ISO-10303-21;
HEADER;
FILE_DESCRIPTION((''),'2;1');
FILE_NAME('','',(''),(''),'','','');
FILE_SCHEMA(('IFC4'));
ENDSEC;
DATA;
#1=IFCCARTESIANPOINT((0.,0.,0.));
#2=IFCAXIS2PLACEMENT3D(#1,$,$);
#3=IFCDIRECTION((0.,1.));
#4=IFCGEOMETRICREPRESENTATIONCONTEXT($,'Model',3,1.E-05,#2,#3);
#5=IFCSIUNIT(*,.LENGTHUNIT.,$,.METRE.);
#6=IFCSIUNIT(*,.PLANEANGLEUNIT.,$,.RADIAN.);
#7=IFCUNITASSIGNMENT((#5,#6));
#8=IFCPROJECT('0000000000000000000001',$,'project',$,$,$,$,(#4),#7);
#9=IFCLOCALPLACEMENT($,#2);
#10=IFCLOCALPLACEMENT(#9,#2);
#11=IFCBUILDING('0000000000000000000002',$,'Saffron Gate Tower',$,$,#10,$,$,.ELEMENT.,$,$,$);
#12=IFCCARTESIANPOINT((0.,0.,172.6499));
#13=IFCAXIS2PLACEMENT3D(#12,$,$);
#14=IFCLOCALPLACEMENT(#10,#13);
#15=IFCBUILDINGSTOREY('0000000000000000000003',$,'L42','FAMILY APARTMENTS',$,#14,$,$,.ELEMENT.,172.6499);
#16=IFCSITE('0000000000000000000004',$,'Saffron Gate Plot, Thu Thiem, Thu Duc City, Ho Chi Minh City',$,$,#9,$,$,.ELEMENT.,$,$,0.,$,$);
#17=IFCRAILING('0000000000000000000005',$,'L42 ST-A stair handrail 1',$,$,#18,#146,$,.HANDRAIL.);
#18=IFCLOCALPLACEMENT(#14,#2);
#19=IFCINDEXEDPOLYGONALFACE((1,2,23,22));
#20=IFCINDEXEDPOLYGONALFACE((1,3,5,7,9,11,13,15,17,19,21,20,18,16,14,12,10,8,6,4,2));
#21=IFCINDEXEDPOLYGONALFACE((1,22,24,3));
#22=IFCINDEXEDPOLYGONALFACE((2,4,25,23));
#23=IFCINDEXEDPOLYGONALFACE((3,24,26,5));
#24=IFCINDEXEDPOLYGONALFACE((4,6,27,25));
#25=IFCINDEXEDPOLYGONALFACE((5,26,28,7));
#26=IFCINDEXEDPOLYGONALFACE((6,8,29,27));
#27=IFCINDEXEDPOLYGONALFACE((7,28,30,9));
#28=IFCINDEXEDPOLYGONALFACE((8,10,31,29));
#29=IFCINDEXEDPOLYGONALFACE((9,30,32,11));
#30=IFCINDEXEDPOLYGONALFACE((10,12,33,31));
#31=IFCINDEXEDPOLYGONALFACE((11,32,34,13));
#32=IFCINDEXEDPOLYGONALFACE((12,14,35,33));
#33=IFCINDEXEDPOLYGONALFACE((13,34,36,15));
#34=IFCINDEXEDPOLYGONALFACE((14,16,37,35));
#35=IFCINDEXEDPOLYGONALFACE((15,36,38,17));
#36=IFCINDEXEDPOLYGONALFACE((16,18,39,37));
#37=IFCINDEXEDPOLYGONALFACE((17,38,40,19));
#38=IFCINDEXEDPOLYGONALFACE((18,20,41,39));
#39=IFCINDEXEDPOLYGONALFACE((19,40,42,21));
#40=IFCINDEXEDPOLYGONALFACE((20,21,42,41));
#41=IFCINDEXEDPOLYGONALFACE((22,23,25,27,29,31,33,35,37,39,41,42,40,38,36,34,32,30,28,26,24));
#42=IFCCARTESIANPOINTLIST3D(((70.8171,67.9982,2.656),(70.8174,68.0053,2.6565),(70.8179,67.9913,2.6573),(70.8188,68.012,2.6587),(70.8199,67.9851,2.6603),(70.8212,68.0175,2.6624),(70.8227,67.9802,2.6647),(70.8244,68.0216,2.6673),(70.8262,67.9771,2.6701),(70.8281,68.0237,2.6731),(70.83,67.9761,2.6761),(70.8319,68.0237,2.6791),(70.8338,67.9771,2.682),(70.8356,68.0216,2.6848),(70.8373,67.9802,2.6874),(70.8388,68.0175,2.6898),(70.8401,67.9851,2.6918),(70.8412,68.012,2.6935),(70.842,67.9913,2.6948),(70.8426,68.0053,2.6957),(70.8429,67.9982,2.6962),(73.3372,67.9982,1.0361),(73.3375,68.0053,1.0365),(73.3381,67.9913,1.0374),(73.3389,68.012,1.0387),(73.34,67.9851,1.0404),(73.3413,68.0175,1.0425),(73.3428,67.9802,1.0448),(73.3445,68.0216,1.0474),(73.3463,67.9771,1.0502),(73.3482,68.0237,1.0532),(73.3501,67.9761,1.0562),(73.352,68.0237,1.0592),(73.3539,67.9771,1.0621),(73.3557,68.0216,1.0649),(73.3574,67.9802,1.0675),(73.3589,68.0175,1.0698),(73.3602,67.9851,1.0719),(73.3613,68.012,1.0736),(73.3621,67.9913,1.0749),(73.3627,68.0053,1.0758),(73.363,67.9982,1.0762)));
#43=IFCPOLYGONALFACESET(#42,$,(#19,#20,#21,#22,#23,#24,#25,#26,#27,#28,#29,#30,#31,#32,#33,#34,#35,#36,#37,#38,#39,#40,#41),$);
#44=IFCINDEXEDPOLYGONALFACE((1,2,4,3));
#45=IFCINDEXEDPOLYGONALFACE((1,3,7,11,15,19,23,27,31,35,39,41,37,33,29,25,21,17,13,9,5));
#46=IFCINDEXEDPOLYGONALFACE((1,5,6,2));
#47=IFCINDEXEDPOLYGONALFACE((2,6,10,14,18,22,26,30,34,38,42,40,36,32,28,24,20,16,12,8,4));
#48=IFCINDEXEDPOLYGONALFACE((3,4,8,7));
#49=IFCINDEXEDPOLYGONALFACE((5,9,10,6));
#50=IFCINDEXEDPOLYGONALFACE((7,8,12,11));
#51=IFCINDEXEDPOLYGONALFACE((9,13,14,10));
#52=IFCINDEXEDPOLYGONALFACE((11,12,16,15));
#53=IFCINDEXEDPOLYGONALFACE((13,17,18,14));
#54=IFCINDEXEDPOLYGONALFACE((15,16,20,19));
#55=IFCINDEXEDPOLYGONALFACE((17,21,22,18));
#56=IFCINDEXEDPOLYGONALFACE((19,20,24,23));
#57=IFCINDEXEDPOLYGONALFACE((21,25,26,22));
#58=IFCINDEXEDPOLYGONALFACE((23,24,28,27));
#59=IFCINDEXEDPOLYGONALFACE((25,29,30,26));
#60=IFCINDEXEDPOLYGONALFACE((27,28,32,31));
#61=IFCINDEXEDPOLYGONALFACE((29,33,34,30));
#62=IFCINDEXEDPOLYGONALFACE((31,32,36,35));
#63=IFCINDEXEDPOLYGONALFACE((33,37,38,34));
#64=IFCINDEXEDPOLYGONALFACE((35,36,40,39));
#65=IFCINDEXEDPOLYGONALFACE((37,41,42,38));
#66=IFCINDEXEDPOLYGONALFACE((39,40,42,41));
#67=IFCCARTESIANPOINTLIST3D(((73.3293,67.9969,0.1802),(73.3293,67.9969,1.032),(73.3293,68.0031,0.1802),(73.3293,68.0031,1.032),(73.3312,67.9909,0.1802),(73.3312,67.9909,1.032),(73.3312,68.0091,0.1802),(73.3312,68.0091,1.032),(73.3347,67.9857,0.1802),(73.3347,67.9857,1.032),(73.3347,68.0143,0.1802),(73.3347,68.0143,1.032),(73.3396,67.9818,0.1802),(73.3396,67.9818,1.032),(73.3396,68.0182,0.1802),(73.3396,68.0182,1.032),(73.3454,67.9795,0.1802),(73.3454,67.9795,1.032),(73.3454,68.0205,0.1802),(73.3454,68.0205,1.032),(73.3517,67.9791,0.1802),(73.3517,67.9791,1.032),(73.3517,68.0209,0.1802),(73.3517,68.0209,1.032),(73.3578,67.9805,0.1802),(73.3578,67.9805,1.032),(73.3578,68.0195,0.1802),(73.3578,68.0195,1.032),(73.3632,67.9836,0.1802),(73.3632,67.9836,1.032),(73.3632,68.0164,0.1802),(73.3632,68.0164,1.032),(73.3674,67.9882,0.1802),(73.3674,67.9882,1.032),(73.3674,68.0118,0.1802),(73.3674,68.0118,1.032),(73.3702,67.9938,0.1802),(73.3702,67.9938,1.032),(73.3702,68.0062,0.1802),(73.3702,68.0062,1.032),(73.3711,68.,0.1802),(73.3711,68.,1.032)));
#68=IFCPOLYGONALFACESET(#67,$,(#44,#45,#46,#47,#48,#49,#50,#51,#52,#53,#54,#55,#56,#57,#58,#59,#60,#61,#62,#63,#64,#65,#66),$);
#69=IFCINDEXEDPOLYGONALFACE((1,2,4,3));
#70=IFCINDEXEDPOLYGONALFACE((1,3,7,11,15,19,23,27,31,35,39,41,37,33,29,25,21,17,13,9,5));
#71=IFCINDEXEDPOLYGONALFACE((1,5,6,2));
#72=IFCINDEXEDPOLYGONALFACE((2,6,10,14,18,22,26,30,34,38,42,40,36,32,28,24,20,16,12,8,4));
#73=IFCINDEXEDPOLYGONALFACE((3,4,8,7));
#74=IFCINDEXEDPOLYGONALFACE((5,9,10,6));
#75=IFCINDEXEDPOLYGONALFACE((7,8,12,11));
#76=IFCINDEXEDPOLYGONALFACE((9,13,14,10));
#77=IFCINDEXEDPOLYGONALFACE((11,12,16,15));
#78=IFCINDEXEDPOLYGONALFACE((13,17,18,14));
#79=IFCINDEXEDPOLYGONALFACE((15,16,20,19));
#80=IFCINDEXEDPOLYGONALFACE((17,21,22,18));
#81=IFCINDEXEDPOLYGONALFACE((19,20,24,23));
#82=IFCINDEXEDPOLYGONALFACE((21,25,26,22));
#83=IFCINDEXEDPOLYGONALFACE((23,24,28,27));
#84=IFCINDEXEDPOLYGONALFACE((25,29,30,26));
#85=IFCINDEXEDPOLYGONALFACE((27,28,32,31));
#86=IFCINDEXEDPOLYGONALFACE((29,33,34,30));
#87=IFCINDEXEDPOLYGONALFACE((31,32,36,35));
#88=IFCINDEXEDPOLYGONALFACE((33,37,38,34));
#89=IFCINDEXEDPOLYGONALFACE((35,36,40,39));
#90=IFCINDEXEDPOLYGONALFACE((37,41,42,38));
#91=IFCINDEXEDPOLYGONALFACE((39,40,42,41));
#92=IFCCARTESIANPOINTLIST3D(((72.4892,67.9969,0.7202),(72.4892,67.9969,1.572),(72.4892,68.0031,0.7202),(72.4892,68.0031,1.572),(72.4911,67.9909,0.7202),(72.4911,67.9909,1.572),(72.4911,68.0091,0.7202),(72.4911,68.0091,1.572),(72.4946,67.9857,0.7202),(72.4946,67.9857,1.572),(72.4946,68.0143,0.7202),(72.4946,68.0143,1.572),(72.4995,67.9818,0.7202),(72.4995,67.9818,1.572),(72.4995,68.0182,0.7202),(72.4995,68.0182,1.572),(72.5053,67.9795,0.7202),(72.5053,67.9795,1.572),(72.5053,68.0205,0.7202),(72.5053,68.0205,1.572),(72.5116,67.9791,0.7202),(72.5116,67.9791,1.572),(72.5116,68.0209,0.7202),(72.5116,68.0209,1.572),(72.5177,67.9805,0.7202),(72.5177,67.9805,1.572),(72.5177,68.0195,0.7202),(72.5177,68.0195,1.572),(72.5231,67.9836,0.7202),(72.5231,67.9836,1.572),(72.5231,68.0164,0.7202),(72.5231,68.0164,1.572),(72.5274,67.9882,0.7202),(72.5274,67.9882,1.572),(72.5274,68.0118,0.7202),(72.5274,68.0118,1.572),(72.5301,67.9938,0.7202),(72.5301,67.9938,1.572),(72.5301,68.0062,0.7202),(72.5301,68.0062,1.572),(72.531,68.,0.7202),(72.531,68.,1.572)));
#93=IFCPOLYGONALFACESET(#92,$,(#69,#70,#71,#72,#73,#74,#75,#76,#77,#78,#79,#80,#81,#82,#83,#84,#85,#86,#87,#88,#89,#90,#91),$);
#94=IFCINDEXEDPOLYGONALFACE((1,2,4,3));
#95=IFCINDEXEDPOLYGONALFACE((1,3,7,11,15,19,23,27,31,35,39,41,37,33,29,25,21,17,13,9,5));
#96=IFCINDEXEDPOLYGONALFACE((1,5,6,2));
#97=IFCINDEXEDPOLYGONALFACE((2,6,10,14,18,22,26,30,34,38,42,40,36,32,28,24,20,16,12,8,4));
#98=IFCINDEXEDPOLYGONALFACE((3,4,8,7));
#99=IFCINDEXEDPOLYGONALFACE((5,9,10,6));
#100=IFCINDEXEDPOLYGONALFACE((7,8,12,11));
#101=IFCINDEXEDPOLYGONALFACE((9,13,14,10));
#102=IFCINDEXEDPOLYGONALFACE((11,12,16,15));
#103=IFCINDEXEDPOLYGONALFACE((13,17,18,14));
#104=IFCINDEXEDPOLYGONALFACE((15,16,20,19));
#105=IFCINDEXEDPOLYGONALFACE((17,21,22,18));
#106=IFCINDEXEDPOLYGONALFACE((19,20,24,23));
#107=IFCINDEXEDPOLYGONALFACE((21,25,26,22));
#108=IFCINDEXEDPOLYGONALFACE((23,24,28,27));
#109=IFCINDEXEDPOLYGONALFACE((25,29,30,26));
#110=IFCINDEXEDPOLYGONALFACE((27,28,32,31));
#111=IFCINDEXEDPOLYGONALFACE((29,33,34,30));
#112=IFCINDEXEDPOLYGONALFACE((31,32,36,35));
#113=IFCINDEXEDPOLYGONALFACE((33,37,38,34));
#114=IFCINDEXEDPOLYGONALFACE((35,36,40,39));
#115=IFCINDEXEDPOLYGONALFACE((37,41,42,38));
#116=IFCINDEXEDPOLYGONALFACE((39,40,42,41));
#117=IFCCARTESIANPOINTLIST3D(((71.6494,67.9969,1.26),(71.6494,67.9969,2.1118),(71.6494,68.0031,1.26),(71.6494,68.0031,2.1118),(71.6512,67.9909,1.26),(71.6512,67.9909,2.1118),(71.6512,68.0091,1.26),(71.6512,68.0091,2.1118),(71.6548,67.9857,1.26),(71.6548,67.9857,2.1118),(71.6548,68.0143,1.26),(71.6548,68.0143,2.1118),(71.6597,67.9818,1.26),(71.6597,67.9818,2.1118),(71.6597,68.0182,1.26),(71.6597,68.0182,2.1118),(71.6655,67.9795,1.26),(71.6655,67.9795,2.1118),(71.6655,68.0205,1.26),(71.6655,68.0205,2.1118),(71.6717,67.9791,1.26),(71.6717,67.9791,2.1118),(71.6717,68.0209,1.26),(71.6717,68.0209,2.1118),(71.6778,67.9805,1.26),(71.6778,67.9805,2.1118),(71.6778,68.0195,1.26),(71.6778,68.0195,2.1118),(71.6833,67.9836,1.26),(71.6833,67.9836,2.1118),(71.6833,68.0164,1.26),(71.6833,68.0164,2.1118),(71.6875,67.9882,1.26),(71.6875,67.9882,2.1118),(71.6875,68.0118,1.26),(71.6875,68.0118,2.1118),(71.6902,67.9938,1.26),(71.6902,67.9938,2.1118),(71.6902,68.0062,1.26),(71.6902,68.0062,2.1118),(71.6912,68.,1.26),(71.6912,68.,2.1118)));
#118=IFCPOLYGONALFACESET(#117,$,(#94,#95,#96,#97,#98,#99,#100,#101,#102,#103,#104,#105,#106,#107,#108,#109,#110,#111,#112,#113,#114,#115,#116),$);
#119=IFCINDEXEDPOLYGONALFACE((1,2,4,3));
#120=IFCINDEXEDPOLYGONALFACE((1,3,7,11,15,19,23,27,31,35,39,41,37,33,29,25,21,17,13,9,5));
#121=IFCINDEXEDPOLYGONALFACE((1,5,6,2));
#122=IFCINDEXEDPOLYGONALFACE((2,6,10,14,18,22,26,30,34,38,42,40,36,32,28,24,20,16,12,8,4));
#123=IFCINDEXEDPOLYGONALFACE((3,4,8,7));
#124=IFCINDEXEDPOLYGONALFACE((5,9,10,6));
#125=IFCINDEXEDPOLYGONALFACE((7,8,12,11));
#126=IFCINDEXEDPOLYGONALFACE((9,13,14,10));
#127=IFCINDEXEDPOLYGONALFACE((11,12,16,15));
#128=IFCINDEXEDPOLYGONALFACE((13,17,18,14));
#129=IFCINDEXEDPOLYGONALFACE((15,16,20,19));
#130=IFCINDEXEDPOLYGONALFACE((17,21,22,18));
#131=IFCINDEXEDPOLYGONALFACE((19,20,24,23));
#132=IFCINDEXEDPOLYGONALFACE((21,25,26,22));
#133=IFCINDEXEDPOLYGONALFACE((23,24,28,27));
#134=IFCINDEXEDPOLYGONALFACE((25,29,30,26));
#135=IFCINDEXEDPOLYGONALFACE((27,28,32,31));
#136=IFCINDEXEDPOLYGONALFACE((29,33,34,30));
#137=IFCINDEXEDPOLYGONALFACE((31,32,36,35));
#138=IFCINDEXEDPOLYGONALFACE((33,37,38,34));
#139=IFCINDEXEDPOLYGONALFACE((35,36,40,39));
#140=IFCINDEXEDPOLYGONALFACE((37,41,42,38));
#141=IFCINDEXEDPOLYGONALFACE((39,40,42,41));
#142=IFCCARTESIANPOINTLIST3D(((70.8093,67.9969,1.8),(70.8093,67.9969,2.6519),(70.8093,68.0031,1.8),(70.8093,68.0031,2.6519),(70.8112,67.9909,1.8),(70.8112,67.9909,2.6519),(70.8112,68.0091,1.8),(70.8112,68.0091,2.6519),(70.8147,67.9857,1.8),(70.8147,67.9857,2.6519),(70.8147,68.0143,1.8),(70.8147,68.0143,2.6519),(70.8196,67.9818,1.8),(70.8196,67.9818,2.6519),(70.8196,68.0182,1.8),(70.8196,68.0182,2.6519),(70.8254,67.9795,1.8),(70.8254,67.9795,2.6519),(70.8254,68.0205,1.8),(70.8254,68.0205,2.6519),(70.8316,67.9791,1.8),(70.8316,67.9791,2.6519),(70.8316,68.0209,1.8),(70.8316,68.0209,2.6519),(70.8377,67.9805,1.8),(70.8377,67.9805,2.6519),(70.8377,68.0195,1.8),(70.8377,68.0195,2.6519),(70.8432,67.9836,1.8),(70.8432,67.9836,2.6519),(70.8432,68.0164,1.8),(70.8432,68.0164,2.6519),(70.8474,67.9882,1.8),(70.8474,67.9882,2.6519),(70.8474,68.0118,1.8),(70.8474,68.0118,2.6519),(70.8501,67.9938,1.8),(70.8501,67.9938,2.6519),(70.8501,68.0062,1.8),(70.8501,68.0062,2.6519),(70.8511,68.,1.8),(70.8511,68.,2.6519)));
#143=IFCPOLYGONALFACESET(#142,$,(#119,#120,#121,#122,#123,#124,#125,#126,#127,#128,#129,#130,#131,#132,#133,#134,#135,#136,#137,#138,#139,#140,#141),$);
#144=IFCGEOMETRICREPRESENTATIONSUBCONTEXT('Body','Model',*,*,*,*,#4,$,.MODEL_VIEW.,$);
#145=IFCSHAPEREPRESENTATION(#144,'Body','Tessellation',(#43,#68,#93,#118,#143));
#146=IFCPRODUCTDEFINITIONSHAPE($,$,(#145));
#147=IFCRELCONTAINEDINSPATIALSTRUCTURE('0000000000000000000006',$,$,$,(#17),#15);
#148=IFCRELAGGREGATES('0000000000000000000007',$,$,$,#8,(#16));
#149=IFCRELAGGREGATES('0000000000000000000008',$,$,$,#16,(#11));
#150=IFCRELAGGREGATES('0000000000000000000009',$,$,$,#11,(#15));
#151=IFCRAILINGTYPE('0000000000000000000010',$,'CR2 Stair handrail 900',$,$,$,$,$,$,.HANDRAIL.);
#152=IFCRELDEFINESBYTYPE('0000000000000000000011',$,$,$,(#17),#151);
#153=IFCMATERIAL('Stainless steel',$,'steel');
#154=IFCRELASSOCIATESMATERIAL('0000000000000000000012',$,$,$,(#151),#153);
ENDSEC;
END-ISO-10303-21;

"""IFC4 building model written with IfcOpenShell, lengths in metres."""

from ifc_helpers import new_model, si_unit, direction, frame, origin, origin_2d, place, context, subcontext, project, spatial, circle, extrude, material, type_object, element, save


model = new_model("IFC4")

# Units and contexts
model_context = context("Model", 3, precision=1e-05, world=origin(), true_north=direction((0.0, 1.0)))
body_context = subcontext(model_context, "Body", "Model", "MODEL_VIEW")
ifc_project = project(units=[si_unit("LENGTHUNIT", "METRE"), si_unit("PLANEANGLEUNIT", "RADIAN")], contexts=[model_context])

# Site, building, storey
site_placement = place(None, origin())
site = spatial("IfcSite", under=ifc_project, at=site_placement, Name="Saffron Gate Plot, Thu Thiem, Thu Duc City, Ho Chi Minh City", CompositionType="ELEMENT", RefElevation=0.0)
building_placement = place(site_placement, origin())
building = spatial("IfcBuilding", under=site, at=building_placement, Name="Saffron Gate Tower", CompositionType="ELEMENT")
storey_placement = place(building_placement, frame((0.0, 0.0, 172.6499)))
storey = spatial("IfcBuildingStorey", under=building, at=storey_placement, Name="L42", Description="FAMILY APARTMENTS", CompositionType="ELEMENT", Elevation=172.6499)

# Railing
ifc_material_1 = material(Name="Stainless steel", Category="steel")
railing_type_1 = type_object("IfcRailingType", Name="CR2 Stair handrail 900", PredefinedType="HANDRAIL", material=ifc_material_1)
railing_1_placement = place(storey_placement, frame((73.3501, 68.0, 0.1802)))
element("IfcRailing", 1, at=railing_1_placement, inside=storey, type_object=railing_type_1, Name="L42 ST-A stair handrail 1", PredefinedType="HANDRAIL", context=body_context, shape_type="SweptSolid", body=[
    extrude(circle(Radius=0.0239, at=origin_2d()), frame((0.0, 0.0, 0.876), z_axis=(-0.8412, 0.0, 0.540725), x_axis=(0.0, -1.0, 0.0)), (0.0, 0.0, 1.0), 2.9958),
    extrude(circle(Radius=0.021, at=origin_2d()), origin(), (0.0, 0.0, 1.0), 0.8518),
    extrude(circle(Radius=0.021, at=origin_2d()), frame((-0.8401, 0.0, 0.54)), (0.0, 0.0, 1.0), 0.8518),
    extrude(circle(Radius=0.021, at=origin_2d()), frame((-1.6799, 0.0, 1.0798)), (0.0, 0.0, 1.0), 0.8518),
    extrude(circle(Radius=0.021, at=origin_2d()), frame((-2.52, 0.0, 1.6199)), (0.0, 0.0, 1.0), 0.8518),
])

save(model, "model.ifc")
